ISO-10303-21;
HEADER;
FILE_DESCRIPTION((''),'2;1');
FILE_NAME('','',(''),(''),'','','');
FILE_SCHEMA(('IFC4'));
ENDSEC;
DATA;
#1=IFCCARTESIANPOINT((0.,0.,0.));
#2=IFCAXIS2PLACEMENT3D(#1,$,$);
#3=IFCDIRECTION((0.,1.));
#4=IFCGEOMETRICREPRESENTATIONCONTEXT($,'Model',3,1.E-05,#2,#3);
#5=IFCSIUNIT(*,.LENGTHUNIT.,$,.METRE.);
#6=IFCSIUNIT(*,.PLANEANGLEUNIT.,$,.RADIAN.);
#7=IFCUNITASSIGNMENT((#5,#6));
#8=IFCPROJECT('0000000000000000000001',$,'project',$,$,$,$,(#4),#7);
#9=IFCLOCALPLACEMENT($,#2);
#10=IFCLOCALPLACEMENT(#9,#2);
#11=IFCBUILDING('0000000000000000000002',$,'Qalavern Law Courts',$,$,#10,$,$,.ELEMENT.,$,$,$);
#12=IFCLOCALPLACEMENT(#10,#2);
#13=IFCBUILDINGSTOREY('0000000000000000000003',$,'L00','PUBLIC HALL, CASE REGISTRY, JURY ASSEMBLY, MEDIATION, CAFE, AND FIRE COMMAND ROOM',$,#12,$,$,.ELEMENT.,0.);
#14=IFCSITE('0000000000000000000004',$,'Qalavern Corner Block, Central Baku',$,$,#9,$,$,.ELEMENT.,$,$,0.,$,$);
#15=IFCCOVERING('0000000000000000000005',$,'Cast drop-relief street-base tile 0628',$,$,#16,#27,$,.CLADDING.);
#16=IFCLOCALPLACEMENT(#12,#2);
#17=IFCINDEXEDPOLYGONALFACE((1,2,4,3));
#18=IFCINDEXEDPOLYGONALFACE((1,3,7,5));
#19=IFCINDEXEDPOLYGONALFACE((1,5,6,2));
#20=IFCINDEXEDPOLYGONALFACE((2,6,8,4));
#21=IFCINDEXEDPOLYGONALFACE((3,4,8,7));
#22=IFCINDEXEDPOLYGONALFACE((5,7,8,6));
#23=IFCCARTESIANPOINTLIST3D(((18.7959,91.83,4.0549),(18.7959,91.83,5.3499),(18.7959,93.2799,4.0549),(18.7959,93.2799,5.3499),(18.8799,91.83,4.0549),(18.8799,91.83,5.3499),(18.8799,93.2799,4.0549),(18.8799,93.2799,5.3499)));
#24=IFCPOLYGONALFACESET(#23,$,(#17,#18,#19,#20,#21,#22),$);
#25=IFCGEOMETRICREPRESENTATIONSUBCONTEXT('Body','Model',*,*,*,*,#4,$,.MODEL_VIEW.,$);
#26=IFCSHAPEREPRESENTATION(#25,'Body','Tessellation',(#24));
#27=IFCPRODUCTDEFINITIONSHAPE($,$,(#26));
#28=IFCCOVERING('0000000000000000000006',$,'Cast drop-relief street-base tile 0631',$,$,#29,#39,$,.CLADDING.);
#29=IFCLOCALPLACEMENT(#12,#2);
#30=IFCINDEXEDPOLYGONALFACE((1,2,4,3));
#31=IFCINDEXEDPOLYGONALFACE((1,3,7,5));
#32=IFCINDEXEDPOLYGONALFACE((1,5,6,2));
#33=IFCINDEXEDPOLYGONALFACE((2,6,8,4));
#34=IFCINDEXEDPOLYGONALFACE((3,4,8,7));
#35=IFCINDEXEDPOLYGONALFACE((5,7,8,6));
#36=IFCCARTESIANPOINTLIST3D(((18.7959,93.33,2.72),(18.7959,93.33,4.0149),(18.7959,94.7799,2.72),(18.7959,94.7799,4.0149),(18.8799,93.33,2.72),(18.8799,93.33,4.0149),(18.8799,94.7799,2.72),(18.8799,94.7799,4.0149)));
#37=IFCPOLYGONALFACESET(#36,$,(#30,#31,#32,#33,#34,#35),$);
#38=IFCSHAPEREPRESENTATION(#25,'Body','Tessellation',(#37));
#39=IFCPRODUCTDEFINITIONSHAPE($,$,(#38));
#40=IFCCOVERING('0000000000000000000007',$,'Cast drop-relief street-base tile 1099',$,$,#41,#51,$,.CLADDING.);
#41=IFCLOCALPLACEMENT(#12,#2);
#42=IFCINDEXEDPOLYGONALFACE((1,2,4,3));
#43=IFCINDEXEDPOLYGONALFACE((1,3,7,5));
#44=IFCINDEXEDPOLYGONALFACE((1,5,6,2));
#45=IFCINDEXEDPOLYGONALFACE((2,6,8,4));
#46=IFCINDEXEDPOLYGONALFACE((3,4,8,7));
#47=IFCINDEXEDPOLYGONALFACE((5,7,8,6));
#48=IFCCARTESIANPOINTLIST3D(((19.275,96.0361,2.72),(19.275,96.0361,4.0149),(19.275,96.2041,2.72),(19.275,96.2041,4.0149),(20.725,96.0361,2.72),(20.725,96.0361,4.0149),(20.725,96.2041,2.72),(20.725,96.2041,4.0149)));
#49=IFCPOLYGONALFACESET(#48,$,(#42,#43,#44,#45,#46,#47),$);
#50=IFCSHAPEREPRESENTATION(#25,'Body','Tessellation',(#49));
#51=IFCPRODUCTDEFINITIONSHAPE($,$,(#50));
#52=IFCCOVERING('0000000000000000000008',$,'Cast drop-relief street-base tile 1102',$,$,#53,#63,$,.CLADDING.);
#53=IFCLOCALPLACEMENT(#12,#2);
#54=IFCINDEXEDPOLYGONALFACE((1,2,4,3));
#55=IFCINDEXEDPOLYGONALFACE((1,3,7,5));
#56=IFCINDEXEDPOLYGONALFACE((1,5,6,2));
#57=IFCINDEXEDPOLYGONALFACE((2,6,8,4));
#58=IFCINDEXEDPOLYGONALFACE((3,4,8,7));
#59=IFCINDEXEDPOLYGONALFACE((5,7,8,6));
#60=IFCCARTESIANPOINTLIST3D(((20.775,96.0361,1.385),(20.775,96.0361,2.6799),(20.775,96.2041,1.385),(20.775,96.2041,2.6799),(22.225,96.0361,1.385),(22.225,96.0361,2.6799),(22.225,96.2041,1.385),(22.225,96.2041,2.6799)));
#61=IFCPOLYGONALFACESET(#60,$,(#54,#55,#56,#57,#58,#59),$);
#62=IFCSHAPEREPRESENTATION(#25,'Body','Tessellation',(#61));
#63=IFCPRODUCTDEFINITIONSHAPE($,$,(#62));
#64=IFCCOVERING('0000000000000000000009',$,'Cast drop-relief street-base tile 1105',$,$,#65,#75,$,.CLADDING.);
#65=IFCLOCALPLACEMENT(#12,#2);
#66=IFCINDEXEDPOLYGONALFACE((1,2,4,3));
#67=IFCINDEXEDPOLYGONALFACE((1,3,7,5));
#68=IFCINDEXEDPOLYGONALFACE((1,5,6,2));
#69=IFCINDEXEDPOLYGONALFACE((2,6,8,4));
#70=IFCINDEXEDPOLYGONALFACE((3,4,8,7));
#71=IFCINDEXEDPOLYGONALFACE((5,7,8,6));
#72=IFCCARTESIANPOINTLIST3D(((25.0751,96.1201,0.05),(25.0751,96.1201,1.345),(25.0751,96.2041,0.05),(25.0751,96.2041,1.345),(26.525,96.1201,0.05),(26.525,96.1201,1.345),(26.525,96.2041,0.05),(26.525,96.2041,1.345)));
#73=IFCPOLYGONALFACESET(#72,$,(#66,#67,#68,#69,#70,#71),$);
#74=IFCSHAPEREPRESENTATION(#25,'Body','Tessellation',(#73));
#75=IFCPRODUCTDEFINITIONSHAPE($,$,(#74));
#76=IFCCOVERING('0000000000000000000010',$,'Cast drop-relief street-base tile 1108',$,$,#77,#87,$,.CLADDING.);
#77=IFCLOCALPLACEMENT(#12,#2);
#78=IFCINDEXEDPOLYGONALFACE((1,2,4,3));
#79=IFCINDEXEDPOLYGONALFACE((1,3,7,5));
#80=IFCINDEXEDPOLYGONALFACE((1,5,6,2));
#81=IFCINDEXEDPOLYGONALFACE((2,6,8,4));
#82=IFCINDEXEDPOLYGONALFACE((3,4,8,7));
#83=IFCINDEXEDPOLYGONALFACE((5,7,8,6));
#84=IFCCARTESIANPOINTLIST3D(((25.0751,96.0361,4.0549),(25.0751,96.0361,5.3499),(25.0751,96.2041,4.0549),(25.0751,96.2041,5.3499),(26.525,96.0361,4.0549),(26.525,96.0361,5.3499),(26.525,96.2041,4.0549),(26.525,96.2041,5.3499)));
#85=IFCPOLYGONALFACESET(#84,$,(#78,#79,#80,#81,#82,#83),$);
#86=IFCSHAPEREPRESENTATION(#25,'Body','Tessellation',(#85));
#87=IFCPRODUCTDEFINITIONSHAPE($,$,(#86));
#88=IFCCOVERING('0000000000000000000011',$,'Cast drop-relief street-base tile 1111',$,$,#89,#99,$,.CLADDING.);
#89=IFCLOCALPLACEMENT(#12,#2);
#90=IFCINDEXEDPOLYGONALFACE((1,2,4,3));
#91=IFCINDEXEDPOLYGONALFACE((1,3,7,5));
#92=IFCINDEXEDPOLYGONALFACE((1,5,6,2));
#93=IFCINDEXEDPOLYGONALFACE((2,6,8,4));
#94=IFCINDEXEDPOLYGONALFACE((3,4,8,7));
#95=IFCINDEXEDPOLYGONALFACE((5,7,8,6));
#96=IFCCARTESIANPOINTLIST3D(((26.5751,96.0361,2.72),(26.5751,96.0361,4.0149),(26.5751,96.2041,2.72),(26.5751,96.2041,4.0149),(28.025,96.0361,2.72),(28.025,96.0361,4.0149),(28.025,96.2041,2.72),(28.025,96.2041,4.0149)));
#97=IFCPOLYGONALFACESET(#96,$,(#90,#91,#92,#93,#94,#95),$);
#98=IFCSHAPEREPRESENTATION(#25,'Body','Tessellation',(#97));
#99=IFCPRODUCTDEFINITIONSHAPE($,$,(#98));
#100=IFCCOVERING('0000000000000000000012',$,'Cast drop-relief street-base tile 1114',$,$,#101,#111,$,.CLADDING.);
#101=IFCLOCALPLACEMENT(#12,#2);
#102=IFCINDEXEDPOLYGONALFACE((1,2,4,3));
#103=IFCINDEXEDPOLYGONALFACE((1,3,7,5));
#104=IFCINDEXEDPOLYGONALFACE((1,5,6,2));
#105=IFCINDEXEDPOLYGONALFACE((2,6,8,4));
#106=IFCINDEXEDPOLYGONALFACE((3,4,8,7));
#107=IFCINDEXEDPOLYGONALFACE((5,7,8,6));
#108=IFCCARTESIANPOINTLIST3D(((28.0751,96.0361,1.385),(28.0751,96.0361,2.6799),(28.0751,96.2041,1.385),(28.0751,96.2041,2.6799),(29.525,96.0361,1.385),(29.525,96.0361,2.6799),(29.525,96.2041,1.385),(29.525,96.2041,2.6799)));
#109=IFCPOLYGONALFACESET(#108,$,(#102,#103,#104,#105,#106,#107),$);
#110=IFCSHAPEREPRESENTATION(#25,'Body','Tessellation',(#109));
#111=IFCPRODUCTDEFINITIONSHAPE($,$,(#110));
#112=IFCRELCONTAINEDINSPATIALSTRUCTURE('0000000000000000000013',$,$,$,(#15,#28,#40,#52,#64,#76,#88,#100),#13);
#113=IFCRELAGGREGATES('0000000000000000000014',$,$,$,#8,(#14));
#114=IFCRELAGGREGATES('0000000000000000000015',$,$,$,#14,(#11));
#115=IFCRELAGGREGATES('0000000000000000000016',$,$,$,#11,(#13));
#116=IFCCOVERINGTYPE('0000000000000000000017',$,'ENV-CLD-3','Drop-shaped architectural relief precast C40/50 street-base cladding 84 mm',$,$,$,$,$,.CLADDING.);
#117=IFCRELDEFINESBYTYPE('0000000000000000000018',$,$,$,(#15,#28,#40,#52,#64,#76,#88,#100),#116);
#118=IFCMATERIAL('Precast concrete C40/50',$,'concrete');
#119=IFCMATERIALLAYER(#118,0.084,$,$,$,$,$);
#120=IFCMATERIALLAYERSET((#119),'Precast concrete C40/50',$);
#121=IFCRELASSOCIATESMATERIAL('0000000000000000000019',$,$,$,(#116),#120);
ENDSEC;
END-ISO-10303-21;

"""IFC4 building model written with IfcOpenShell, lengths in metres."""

from ifc_helpers import new_model, si_unit, direction, frame, origin, origin_2d, place, context, subcontext, project, spatial, rectangle, extrude, material, layer, layer_set, type_object, element, save


model = new_model("IFC4")

# Units and contexts
model_context = context("Model", 3, precision=1e-05, world=origin(), true_north=direction((0.0, 1.0)))
body_context = subcontext(model_context, "Body", "Model", "MODEL_VIEW")
ifc_project = project(units=[si_unit("LENGTHUNIT", "METRE"), si_unit("PLANEANGLEUNIT", "RADIAN")], contexts=[model_context])

# Site, building, storey
site_placement = place(None, origin())
site = spatial("IfcSite", under=ifc_project, at=site_placement, Name="Qalavern Corner Block, Central Baku", CompositionType="ELEMENT", RefElevation=0.0)
building_placement = place(site_placement, origin())
building = spatial("IfcBuilding", under=site, at=building_placement, Name="Qalavern Law Courts", CompositionType="ELEMENT")
storey_placement = place(building_placement, origin())
storey = spatial("IfcBuildingStorey", under=building, at=storey_placement, Name="L00", Description="PUBLIC HALL, CASE REGISTRY, JURY ASSEMBLY, MEDIATION, CAFE, AND FIRE COMMAND ROOM", CompositionType="ELEMENT", Elevation=0.0)

# Coverings
ifc_material_1 = material(Name="Precast concrete C40/50", Category="concrete")
ifc_layer_1 = layer(ifc_material_1, 0.084)
ifc_layer_set_1 = layer_set([ifc_layer_1], Name="Precast concrete C40/50")
covering_type_1 = type_object("IfcCoveringType", Name="ENV-CLD-3", Description="Drop-shaped architectural relief precast C40/50 street-base cladding 84 mm", PredefinedType="CLADDING", material=ifc_layer_set_1)
for number, where, z_axis, x_axis, name in (
    (1, (18.8379, 92.5549, 4.0549), (0.0, 0.0, 1.0), (0.0, 1.0, 0.0), "Cast drop-relief street-base tile 0628"),
    (2, (18.8379, 94.0549, 2.72), (0.0, 0.0, 1.0), (0.0, 1.0, 0.0), "Cast drop-relief street-base tile 0631"),
):
    element("IfcCovering", number, at=place(storey_placement, frame(where, z_axis=z_axis, x_axis=x_axis)), inside=storey, type_object=covering_type_1, Name=name, PredefinedType="CLADDING", context=body_context, shape_type="SweptSolid", body=[
        extrude(rectangle(XDim=1.45, YDim=0.084, at=origin_2d()), origin(), (0.0, 0.0, 1.0), 1.2949),
    ])
for number, where, z_axis, x_axis, name in (
    (3, (20.0, 96.1201, 2.72), (0.0, 0.0, 1.0), (1.0, 0.0, 0.0), "Cast drop-relief street-base tile 1099"),
    (4, (21.5, 96.1201, 1.385), (0.0, 0.0, 1.0), (1.0, 0.0, 0.0), "Cast drop-relief street-base tile 1102"),
):
    element("IfcCovering", number, at=place(storey_placement, frame(where, z_axis=z_axis, x_axis=x_axis)), inside=storey, type_object=covering_type_1, Name=name, PredefinedType="CLADDING", context=body_context, shape_type="SweptSolid", body=[
        extrude(rectangle(XDim=1.45, YDim=0.168, at=origin_2d()), origin(), (0.0, 0.0, 1.0), 1.2949),
    ])
covering_1_placement = place(storey_placement, frame((25.8, 96.1621, 0.05), z_axis=(0.0, 0.0, 1.0), x_axis=(1.0, 0.0, 0.0)))
element("IfcCovering", 5, at=covering_1_placement, inside=storey, type_object=covering_type_1, Name="Cast drop-relief street-base tile 1105", PredefinedType="CLADDING", context=body_context, shape_type="SweptSolid", body=[
    extrude(rectangle(XDim=1.45, YDim=0.084, at=origin_2d()), origin(), (0.0, 0.0, 1.0), 1.2949),
])
for number, where, z_axis, x_axis, name in (
    (6, (25.8, 96.1201, 4.0549), (0.0, 0.0, 1.0), (1.0, 0.0, 0.0), "Cast drop-relief street-base tile 1108"),
    (7, (27.3, 96.1201, 2.72), (0.0, 0.0, 1.0), (1.0, 0.0, 0.0), "Cast drop-relief street-base tile 1111"),
    (8, (28.8, 96.1201, 1.385), (0.0, 0.0, 1.0), (1.0, 0.0, 0.0), "Cast drop-relief street-base tile 1114"),
):
    element("IfcCovering", number, at=place(storey_placement, frame(where, z_axis=z_axis, x_axis=x_axis)), inside=storey, type_object=covering_type_1, Name=name, PredefinedType="CLADDING", context=body_context, shape_type="SweptSolid", body=[
        extrude(rectangle(XDim=1.45, YDim=0.168, at=origin_2d()), origin(), (0.0, 0.0, 1.0), 1.2949),
    ])

save(model, "model.ifc")
